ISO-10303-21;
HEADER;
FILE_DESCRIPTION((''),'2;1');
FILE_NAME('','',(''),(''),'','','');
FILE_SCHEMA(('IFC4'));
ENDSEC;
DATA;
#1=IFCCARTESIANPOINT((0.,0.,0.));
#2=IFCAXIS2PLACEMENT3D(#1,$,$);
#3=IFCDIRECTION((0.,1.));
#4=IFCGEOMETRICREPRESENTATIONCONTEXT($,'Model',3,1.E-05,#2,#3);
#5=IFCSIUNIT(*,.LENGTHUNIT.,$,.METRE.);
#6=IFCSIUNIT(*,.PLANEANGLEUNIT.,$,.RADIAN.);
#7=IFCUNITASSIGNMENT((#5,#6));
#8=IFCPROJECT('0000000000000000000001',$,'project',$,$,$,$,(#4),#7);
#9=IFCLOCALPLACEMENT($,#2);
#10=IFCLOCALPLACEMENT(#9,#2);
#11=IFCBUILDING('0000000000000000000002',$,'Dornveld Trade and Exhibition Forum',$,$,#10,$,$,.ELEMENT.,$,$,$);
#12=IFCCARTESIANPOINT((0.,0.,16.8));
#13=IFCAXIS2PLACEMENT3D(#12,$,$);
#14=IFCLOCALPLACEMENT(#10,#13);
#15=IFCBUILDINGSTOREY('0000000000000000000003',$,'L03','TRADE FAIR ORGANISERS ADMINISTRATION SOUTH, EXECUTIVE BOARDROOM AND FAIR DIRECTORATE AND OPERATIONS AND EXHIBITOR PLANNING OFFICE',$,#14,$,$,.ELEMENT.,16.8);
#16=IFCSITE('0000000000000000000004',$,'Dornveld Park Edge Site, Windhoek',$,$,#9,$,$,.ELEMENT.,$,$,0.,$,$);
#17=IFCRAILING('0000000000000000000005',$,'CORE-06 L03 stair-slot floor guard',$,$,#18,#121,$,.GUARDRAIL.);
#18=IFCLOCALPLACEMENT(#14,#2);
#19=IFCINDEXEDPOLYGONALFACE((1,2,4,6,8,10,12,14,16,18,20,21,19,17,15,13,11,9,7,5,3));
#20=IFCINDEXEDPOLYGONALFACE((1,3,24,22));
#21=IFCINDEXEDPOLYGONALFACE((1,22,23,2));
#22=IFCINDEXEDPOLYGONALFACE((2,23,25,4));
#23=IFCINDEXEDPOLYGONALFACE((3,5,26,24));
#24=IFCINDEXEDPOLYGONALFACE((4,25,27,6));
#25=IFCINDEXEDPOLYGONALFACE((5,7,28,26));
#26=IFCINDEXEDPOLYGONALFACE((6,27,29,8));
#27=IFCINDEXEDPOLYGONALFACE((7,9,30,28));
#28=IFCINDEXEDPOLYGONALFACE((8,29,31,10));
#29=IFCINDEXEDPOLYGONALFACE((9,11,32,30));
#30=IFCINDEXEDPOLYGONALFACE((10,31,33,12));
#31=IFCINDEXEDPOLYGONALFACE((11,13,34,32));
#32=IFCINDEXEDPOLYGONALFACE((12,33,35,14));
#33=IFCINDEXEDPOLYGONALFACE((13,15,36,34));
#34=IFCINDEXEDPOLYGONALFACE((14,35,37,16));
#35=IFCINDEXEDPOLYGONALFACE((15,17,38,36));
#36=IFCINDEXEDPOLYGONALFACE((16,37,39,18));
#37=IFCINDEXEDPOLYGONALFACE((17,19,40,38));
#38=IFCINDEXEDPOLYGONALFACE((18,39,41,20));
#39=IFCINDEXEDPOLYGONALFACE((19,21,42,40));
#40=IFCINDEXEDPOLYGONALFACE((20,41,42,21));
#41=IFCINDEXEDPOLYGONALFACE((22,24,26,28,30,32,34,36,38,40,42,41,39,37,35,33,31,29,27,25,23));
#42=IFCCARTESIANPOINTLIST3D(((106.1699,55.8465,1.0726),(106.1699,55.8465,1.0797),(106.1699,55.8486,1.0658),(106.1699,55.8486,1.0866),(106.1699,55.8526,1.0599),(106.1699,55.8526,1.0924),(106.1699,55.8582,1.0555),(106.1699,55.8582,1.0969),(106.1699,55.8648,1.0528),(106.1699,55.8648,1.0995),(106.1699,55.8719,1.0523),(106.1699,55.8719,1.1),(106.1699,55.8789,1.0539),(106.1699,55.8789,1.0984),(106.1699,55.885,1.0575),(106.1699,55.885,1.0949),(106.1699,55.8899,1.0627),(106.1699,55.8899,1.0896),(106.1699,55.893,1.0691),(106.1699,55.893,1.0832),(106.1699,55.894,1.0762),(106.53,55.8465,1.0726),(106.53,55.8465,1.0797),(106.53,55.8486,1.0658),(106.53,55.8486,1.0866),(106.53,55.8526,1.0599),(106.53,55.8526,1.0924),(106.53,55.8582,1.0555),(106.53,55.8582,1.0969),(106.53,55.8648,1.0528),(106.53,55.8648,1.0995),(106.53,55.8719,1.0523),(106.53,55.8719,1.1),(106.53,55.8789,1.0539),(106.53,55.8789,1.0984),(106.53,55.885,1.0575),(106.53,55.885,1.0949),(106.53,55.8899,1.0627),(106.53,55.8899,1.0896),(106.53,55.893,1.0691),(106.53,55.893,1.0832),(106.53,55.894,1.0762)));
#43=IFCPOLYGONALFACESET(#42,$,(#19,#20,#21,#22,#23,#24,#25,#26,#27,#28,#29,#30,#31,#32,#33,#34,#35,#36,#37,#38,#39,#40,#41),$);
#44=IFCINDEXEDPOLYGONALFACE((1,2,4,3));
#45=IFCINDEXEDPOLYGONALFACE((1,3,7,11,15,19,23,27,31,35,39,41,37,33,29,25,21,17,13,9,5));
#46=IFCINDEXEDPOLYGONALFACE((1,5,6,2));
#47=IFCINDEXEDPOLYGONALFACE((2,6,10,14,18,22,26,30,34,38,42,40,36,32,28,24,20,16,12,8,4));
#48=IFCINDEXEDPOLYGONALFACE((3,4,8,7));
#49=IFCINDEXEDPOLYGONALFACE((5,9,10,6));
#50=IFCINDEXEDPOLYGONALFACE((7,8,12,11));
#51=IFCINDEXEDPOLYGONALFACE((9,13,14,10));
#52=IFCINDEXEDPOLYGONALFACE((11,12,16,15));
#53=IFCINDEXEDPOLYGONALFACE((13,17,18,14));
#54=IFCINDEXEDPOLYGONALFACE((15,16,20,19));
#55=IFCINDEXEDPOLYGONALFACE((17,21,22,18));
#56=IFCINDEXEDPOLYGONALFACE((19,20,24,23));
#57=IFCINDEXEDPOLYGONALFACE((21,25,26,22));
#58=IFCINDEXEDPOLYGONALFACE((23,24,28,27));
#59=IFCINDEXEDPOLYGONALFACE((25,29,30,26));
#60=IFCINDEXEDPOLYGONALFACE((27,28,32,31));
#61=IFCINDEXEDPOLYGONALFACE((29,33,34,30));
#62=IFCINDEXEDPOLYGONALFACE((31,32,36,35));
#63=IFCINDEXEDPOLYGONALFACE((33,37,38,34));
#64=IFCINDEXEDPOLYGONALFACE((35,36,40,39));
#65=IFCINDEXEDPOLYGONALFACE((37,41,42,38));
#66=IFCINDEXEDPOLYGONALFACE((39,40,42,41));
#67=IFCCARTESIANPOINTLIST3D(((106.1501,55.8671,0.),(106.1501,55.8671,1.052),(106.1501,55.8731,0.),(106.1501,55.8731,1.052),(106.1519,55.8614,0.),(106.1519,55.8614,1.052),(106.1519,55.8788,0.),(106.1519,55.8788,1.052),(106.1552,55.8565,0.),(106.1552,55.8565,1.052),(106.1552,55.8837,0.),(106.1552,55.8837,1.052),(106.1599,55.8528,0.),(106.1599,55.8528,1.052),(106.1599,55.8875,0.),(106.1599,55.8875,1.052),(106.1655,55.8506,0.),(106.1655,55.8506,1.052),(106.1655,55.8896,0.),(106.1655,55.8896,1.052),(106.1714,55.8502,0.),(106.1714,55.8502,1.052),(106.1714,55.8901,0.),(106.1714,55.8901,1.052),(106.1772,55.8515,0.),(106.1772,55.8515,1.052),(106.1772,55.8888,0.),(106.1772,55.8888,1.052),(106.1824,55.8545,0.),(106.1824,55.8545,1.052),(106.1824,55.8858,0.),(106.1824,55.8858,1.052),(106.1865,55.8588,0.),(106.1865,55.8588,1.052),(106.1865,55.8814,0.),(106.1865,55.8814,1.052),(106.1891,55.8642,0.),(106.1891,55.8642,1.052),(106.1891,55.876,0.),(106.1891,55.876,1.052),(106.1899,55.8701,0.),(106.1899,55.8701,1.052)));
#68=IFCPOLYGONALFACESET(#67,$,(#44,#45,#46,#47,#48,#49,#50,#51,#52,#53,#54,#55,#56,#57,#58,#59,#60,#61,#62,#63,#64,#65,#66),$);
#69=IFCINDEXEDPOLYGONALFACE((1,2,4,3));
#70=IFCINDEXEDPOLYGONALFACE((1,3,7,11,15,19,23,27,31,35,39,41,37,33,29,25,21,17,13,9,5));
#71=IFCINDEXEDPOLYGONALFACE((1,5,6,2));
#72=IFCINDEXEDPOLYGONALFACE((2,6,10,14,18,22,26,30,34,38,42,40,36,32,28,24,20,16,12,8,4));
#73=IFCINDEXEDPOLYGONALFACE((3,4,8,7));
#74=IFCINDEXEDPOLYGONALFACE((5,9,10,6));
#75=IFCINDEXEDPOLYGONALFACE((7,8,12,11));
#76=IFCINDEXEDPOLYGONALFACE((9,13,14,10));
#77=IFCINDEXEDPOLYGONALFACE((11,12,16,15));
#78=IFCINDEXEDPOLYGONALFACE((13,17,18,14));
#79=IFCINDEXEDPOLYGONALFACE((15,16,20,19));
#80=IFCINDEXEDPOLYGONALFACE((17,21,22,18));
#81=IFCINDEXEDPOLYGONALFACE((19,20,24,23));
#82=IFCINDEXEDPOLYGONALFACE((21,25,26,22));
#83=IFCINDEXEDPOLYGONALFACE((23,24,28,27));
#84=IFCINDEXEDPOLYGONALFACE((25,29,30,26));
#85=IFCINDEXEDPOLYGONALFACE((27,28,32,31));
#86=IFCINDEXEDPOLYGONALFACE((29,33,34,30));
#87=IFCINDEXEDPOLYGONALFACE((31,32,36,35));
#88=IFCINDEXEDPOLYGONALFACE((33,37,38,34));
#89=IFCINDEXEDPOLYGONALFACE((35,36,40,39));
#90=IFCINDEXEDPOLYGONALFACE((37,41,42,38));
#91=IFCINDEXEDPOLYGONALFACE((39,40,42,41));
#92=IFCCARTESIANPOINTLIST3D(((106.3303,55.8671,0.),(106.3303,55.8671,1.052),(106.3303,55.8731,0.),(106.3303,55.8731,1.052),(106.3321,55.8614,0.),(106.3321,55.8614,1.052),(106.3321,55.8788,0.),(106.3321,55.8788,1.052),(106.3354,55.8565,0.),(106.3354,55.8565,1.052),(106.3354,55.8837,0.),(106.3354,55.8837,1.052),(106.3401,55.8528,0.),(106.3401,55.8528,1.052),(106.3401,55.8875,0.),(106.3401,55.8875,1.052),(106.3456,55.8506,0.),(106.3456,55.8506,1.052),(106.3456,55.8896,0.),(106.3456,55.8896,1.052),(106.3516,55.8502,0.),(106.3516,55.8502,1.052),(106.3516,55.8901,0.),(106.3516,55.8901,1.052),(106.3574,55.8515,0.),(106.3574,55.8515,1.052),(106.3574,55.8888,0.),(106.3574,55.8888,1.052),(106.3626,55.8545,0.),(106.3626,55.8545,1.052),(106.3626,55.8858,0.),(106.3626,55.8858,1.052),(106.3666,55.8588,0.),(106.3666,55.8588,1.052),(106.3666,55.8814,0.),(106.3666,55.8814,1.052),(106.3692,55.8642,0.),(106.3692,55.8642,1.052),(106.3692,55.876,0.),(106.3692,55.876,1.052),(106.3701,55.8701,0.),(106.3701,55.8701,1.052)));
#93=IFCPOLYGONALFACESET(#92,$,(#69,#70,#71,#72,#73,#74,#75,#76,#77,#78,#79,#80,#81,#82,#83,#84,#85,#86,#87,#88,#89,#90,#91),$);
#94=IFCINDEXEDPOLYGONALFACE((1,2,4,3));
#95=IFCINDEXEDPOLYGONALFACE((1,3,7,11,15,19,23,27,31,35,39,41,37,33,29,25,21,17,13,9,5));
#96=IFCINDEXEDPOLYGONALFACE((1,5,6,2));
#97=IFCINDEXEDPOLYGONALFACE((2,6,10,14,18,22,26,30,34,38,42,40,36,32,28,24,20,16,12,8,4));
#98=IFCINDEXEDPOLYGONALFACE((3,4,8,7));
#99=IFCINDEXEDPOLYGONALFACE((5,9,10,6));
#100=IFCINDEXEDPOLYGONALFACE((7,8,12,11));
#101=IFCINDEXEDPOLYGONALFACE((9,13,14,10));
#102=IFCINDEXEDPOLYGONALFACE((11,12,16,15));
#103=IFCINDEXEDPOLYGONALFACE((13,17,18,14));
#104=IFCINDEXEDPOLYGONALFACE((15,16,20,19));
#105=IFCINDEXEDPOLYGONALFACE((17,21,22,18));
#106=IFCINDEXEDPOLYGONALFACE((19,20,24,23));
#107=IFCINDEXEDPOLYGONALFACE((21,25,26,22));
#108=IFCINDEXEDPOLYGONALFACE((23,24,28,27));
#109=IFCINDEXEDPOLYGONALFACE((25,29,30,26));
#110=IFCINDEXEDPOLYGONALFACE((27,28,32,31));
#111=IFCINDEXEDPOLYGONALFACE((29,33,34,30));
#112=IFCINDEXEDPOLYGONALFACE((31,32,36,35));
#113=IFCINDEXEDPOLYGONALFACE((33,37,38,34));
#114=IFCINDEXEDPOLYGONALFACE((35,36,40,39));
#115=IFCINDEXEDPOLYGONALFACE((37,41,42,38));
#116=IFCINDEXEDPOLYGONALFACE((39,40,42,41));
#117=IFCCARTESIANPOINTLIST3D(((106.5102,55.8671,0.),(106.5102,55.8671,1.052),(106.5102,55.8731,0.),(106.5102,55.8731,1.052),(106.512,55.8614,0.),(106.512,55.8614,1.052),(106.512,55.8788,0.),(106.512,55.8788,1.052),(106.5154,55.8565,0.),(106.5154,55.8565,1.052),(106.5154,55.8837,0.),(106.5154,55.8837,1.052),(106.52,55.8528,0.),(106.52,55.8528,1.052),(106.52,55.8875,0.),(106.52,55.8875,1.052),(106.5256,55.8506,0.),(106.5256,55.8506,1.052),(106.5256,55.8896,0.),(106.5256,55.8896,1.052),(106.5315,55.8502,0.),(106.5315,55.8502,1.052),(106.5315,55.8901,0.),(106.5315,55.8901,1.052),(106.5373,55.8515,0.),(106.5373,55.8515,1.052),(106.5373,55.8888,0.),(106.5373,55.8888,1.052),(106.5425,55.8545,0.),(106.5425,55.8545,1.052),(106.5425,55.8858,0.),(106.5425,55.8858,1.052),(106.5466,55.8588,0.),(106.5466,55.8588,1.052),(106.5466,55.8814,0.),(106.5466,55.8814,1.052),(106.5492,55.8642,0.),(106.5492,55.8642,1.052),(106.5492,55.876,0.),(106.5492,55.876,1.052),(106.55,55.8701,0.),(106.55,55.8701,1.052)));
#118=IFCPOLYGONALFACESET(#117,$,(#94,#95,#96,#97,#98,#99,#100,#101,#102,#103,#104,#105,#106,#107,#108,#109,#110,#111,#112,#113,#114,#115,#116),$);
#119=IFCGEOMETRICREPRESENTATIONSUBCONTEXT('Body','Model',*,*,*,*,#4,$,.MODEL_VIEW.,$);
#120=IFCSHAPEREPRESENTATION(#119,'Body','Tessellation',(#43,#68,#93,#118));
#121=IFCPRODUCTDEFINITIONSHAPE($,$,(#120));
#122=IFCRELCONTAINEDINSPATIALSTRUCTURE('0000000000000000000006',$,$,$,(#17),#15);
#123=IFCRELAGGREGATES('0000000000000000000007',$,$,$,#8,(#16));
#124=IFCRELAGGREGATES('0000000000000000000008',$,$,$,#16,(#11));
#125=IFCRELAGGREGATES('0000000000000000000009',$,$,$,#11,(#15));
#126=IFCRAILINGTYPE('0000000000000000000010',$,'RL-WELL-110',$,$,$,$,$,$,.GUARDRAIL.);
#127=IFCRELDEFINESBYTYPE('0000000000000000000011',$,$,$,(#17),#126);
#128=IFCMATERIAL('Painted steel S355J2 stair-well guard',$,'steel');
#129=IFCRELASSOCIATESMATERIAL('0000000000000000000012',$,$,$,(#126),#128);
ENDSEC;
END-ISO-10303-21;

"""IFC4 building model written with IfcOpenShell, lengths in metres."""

from ifc_helpers import new_model, si_unit, direction, frame, origin, origin_2d, place, context, subcontext, project, spatial, circle, extrude, material, type_object, element, save


model = new_model("IFC4")

# Units and contexts
model_context = context("Model", 3, precision=1e-05, world=origin(), true_north=direction((0.0, 1.0)))
body_context = subcontext(model_context, "Body", "Model", "MODEL_VIEW")
ifc_project = project(units=[si_unit("LENGTHUNIT", "METRE"), si_unit("PLANEANGLEUNIT", "RADIAN")], contexts=[model_context])

# Site, building, storey
site_placement = place(None, origin())
site = spatial("IfcSite", under=ifc_project, at=site_placement, Name="Dornveld Park Edge Site, Windhoek", CompositionType="ELEMENT", RefElevation=0.0)
building_placement = place(site_placement, origin())
building = spatial("IfcBuilding", under=site, at=building_placement, Name="Dornveld Trade and Exhibition Forum", CompositionType="ELEMENT")
storey_placement = place(building_placement, frame((0.0, 0.0, 16.8)))
storey = spatial("IfcBuildingStorey", under=building, at=storey_placement, Name="L03", Description="TRADE FAIR ORGANISERS ADMINISTRATION SOUTH, EXECUTIVE BOARDROOM AND FAIR DIRECTORATE AND OPERATIONS AND EXHIBITOR PLANNING OFFICE", CompositionType="ELEMENT", Elevation=16.8)

# Railing
ifc_material_1 = material(Name="Painted steel S355J2 stair-well guard", Category="steel")
railing_type_1 = type_object("IfcRailingType", Name="RL-WELL-110", PredefinedType="GUARDRAIL", material=ifc_material_1)
railing_1_placement = place(storey_placement, frame((106.1699, 55.8701, 0.0)))
element("IfcRailing", 1, at=railing_1_placement, inside=storey, type_object=railing_type_1, Name="CORE-06 L03 stair-slot floor guard", PredefinedType="GUARDRAIL", context=body_context, shape_type="SweptSolid", body=[
    extrude(circle(Radius=0.0239, at=origin_2d()), frame((0.0, 0.0, 1.0762), z_axis=(1.0, 0.0, 0.0), x_axis=(0.0, 1.0, 0.0)), (0.0, 0.0, 1.0), 0.3601),
    extrude(circle(Radius=0.02, at=origin_2d()), origin(), (0.0, 0.0, 1.0), 1.052),
    extrude(circle(Radius=0.02, at=origin_2d()), frame((0.1802, 0.0, 0.0)), (0.0, 0.0, 1.0), 1.052),
    extrude(circle(Radius=0.02, at=origin_2d()), frame((0.3601, 0.0, 0.0)), (0.0, 0.0, 1.0), 1.052),
])

save(model, "model.ifc")
